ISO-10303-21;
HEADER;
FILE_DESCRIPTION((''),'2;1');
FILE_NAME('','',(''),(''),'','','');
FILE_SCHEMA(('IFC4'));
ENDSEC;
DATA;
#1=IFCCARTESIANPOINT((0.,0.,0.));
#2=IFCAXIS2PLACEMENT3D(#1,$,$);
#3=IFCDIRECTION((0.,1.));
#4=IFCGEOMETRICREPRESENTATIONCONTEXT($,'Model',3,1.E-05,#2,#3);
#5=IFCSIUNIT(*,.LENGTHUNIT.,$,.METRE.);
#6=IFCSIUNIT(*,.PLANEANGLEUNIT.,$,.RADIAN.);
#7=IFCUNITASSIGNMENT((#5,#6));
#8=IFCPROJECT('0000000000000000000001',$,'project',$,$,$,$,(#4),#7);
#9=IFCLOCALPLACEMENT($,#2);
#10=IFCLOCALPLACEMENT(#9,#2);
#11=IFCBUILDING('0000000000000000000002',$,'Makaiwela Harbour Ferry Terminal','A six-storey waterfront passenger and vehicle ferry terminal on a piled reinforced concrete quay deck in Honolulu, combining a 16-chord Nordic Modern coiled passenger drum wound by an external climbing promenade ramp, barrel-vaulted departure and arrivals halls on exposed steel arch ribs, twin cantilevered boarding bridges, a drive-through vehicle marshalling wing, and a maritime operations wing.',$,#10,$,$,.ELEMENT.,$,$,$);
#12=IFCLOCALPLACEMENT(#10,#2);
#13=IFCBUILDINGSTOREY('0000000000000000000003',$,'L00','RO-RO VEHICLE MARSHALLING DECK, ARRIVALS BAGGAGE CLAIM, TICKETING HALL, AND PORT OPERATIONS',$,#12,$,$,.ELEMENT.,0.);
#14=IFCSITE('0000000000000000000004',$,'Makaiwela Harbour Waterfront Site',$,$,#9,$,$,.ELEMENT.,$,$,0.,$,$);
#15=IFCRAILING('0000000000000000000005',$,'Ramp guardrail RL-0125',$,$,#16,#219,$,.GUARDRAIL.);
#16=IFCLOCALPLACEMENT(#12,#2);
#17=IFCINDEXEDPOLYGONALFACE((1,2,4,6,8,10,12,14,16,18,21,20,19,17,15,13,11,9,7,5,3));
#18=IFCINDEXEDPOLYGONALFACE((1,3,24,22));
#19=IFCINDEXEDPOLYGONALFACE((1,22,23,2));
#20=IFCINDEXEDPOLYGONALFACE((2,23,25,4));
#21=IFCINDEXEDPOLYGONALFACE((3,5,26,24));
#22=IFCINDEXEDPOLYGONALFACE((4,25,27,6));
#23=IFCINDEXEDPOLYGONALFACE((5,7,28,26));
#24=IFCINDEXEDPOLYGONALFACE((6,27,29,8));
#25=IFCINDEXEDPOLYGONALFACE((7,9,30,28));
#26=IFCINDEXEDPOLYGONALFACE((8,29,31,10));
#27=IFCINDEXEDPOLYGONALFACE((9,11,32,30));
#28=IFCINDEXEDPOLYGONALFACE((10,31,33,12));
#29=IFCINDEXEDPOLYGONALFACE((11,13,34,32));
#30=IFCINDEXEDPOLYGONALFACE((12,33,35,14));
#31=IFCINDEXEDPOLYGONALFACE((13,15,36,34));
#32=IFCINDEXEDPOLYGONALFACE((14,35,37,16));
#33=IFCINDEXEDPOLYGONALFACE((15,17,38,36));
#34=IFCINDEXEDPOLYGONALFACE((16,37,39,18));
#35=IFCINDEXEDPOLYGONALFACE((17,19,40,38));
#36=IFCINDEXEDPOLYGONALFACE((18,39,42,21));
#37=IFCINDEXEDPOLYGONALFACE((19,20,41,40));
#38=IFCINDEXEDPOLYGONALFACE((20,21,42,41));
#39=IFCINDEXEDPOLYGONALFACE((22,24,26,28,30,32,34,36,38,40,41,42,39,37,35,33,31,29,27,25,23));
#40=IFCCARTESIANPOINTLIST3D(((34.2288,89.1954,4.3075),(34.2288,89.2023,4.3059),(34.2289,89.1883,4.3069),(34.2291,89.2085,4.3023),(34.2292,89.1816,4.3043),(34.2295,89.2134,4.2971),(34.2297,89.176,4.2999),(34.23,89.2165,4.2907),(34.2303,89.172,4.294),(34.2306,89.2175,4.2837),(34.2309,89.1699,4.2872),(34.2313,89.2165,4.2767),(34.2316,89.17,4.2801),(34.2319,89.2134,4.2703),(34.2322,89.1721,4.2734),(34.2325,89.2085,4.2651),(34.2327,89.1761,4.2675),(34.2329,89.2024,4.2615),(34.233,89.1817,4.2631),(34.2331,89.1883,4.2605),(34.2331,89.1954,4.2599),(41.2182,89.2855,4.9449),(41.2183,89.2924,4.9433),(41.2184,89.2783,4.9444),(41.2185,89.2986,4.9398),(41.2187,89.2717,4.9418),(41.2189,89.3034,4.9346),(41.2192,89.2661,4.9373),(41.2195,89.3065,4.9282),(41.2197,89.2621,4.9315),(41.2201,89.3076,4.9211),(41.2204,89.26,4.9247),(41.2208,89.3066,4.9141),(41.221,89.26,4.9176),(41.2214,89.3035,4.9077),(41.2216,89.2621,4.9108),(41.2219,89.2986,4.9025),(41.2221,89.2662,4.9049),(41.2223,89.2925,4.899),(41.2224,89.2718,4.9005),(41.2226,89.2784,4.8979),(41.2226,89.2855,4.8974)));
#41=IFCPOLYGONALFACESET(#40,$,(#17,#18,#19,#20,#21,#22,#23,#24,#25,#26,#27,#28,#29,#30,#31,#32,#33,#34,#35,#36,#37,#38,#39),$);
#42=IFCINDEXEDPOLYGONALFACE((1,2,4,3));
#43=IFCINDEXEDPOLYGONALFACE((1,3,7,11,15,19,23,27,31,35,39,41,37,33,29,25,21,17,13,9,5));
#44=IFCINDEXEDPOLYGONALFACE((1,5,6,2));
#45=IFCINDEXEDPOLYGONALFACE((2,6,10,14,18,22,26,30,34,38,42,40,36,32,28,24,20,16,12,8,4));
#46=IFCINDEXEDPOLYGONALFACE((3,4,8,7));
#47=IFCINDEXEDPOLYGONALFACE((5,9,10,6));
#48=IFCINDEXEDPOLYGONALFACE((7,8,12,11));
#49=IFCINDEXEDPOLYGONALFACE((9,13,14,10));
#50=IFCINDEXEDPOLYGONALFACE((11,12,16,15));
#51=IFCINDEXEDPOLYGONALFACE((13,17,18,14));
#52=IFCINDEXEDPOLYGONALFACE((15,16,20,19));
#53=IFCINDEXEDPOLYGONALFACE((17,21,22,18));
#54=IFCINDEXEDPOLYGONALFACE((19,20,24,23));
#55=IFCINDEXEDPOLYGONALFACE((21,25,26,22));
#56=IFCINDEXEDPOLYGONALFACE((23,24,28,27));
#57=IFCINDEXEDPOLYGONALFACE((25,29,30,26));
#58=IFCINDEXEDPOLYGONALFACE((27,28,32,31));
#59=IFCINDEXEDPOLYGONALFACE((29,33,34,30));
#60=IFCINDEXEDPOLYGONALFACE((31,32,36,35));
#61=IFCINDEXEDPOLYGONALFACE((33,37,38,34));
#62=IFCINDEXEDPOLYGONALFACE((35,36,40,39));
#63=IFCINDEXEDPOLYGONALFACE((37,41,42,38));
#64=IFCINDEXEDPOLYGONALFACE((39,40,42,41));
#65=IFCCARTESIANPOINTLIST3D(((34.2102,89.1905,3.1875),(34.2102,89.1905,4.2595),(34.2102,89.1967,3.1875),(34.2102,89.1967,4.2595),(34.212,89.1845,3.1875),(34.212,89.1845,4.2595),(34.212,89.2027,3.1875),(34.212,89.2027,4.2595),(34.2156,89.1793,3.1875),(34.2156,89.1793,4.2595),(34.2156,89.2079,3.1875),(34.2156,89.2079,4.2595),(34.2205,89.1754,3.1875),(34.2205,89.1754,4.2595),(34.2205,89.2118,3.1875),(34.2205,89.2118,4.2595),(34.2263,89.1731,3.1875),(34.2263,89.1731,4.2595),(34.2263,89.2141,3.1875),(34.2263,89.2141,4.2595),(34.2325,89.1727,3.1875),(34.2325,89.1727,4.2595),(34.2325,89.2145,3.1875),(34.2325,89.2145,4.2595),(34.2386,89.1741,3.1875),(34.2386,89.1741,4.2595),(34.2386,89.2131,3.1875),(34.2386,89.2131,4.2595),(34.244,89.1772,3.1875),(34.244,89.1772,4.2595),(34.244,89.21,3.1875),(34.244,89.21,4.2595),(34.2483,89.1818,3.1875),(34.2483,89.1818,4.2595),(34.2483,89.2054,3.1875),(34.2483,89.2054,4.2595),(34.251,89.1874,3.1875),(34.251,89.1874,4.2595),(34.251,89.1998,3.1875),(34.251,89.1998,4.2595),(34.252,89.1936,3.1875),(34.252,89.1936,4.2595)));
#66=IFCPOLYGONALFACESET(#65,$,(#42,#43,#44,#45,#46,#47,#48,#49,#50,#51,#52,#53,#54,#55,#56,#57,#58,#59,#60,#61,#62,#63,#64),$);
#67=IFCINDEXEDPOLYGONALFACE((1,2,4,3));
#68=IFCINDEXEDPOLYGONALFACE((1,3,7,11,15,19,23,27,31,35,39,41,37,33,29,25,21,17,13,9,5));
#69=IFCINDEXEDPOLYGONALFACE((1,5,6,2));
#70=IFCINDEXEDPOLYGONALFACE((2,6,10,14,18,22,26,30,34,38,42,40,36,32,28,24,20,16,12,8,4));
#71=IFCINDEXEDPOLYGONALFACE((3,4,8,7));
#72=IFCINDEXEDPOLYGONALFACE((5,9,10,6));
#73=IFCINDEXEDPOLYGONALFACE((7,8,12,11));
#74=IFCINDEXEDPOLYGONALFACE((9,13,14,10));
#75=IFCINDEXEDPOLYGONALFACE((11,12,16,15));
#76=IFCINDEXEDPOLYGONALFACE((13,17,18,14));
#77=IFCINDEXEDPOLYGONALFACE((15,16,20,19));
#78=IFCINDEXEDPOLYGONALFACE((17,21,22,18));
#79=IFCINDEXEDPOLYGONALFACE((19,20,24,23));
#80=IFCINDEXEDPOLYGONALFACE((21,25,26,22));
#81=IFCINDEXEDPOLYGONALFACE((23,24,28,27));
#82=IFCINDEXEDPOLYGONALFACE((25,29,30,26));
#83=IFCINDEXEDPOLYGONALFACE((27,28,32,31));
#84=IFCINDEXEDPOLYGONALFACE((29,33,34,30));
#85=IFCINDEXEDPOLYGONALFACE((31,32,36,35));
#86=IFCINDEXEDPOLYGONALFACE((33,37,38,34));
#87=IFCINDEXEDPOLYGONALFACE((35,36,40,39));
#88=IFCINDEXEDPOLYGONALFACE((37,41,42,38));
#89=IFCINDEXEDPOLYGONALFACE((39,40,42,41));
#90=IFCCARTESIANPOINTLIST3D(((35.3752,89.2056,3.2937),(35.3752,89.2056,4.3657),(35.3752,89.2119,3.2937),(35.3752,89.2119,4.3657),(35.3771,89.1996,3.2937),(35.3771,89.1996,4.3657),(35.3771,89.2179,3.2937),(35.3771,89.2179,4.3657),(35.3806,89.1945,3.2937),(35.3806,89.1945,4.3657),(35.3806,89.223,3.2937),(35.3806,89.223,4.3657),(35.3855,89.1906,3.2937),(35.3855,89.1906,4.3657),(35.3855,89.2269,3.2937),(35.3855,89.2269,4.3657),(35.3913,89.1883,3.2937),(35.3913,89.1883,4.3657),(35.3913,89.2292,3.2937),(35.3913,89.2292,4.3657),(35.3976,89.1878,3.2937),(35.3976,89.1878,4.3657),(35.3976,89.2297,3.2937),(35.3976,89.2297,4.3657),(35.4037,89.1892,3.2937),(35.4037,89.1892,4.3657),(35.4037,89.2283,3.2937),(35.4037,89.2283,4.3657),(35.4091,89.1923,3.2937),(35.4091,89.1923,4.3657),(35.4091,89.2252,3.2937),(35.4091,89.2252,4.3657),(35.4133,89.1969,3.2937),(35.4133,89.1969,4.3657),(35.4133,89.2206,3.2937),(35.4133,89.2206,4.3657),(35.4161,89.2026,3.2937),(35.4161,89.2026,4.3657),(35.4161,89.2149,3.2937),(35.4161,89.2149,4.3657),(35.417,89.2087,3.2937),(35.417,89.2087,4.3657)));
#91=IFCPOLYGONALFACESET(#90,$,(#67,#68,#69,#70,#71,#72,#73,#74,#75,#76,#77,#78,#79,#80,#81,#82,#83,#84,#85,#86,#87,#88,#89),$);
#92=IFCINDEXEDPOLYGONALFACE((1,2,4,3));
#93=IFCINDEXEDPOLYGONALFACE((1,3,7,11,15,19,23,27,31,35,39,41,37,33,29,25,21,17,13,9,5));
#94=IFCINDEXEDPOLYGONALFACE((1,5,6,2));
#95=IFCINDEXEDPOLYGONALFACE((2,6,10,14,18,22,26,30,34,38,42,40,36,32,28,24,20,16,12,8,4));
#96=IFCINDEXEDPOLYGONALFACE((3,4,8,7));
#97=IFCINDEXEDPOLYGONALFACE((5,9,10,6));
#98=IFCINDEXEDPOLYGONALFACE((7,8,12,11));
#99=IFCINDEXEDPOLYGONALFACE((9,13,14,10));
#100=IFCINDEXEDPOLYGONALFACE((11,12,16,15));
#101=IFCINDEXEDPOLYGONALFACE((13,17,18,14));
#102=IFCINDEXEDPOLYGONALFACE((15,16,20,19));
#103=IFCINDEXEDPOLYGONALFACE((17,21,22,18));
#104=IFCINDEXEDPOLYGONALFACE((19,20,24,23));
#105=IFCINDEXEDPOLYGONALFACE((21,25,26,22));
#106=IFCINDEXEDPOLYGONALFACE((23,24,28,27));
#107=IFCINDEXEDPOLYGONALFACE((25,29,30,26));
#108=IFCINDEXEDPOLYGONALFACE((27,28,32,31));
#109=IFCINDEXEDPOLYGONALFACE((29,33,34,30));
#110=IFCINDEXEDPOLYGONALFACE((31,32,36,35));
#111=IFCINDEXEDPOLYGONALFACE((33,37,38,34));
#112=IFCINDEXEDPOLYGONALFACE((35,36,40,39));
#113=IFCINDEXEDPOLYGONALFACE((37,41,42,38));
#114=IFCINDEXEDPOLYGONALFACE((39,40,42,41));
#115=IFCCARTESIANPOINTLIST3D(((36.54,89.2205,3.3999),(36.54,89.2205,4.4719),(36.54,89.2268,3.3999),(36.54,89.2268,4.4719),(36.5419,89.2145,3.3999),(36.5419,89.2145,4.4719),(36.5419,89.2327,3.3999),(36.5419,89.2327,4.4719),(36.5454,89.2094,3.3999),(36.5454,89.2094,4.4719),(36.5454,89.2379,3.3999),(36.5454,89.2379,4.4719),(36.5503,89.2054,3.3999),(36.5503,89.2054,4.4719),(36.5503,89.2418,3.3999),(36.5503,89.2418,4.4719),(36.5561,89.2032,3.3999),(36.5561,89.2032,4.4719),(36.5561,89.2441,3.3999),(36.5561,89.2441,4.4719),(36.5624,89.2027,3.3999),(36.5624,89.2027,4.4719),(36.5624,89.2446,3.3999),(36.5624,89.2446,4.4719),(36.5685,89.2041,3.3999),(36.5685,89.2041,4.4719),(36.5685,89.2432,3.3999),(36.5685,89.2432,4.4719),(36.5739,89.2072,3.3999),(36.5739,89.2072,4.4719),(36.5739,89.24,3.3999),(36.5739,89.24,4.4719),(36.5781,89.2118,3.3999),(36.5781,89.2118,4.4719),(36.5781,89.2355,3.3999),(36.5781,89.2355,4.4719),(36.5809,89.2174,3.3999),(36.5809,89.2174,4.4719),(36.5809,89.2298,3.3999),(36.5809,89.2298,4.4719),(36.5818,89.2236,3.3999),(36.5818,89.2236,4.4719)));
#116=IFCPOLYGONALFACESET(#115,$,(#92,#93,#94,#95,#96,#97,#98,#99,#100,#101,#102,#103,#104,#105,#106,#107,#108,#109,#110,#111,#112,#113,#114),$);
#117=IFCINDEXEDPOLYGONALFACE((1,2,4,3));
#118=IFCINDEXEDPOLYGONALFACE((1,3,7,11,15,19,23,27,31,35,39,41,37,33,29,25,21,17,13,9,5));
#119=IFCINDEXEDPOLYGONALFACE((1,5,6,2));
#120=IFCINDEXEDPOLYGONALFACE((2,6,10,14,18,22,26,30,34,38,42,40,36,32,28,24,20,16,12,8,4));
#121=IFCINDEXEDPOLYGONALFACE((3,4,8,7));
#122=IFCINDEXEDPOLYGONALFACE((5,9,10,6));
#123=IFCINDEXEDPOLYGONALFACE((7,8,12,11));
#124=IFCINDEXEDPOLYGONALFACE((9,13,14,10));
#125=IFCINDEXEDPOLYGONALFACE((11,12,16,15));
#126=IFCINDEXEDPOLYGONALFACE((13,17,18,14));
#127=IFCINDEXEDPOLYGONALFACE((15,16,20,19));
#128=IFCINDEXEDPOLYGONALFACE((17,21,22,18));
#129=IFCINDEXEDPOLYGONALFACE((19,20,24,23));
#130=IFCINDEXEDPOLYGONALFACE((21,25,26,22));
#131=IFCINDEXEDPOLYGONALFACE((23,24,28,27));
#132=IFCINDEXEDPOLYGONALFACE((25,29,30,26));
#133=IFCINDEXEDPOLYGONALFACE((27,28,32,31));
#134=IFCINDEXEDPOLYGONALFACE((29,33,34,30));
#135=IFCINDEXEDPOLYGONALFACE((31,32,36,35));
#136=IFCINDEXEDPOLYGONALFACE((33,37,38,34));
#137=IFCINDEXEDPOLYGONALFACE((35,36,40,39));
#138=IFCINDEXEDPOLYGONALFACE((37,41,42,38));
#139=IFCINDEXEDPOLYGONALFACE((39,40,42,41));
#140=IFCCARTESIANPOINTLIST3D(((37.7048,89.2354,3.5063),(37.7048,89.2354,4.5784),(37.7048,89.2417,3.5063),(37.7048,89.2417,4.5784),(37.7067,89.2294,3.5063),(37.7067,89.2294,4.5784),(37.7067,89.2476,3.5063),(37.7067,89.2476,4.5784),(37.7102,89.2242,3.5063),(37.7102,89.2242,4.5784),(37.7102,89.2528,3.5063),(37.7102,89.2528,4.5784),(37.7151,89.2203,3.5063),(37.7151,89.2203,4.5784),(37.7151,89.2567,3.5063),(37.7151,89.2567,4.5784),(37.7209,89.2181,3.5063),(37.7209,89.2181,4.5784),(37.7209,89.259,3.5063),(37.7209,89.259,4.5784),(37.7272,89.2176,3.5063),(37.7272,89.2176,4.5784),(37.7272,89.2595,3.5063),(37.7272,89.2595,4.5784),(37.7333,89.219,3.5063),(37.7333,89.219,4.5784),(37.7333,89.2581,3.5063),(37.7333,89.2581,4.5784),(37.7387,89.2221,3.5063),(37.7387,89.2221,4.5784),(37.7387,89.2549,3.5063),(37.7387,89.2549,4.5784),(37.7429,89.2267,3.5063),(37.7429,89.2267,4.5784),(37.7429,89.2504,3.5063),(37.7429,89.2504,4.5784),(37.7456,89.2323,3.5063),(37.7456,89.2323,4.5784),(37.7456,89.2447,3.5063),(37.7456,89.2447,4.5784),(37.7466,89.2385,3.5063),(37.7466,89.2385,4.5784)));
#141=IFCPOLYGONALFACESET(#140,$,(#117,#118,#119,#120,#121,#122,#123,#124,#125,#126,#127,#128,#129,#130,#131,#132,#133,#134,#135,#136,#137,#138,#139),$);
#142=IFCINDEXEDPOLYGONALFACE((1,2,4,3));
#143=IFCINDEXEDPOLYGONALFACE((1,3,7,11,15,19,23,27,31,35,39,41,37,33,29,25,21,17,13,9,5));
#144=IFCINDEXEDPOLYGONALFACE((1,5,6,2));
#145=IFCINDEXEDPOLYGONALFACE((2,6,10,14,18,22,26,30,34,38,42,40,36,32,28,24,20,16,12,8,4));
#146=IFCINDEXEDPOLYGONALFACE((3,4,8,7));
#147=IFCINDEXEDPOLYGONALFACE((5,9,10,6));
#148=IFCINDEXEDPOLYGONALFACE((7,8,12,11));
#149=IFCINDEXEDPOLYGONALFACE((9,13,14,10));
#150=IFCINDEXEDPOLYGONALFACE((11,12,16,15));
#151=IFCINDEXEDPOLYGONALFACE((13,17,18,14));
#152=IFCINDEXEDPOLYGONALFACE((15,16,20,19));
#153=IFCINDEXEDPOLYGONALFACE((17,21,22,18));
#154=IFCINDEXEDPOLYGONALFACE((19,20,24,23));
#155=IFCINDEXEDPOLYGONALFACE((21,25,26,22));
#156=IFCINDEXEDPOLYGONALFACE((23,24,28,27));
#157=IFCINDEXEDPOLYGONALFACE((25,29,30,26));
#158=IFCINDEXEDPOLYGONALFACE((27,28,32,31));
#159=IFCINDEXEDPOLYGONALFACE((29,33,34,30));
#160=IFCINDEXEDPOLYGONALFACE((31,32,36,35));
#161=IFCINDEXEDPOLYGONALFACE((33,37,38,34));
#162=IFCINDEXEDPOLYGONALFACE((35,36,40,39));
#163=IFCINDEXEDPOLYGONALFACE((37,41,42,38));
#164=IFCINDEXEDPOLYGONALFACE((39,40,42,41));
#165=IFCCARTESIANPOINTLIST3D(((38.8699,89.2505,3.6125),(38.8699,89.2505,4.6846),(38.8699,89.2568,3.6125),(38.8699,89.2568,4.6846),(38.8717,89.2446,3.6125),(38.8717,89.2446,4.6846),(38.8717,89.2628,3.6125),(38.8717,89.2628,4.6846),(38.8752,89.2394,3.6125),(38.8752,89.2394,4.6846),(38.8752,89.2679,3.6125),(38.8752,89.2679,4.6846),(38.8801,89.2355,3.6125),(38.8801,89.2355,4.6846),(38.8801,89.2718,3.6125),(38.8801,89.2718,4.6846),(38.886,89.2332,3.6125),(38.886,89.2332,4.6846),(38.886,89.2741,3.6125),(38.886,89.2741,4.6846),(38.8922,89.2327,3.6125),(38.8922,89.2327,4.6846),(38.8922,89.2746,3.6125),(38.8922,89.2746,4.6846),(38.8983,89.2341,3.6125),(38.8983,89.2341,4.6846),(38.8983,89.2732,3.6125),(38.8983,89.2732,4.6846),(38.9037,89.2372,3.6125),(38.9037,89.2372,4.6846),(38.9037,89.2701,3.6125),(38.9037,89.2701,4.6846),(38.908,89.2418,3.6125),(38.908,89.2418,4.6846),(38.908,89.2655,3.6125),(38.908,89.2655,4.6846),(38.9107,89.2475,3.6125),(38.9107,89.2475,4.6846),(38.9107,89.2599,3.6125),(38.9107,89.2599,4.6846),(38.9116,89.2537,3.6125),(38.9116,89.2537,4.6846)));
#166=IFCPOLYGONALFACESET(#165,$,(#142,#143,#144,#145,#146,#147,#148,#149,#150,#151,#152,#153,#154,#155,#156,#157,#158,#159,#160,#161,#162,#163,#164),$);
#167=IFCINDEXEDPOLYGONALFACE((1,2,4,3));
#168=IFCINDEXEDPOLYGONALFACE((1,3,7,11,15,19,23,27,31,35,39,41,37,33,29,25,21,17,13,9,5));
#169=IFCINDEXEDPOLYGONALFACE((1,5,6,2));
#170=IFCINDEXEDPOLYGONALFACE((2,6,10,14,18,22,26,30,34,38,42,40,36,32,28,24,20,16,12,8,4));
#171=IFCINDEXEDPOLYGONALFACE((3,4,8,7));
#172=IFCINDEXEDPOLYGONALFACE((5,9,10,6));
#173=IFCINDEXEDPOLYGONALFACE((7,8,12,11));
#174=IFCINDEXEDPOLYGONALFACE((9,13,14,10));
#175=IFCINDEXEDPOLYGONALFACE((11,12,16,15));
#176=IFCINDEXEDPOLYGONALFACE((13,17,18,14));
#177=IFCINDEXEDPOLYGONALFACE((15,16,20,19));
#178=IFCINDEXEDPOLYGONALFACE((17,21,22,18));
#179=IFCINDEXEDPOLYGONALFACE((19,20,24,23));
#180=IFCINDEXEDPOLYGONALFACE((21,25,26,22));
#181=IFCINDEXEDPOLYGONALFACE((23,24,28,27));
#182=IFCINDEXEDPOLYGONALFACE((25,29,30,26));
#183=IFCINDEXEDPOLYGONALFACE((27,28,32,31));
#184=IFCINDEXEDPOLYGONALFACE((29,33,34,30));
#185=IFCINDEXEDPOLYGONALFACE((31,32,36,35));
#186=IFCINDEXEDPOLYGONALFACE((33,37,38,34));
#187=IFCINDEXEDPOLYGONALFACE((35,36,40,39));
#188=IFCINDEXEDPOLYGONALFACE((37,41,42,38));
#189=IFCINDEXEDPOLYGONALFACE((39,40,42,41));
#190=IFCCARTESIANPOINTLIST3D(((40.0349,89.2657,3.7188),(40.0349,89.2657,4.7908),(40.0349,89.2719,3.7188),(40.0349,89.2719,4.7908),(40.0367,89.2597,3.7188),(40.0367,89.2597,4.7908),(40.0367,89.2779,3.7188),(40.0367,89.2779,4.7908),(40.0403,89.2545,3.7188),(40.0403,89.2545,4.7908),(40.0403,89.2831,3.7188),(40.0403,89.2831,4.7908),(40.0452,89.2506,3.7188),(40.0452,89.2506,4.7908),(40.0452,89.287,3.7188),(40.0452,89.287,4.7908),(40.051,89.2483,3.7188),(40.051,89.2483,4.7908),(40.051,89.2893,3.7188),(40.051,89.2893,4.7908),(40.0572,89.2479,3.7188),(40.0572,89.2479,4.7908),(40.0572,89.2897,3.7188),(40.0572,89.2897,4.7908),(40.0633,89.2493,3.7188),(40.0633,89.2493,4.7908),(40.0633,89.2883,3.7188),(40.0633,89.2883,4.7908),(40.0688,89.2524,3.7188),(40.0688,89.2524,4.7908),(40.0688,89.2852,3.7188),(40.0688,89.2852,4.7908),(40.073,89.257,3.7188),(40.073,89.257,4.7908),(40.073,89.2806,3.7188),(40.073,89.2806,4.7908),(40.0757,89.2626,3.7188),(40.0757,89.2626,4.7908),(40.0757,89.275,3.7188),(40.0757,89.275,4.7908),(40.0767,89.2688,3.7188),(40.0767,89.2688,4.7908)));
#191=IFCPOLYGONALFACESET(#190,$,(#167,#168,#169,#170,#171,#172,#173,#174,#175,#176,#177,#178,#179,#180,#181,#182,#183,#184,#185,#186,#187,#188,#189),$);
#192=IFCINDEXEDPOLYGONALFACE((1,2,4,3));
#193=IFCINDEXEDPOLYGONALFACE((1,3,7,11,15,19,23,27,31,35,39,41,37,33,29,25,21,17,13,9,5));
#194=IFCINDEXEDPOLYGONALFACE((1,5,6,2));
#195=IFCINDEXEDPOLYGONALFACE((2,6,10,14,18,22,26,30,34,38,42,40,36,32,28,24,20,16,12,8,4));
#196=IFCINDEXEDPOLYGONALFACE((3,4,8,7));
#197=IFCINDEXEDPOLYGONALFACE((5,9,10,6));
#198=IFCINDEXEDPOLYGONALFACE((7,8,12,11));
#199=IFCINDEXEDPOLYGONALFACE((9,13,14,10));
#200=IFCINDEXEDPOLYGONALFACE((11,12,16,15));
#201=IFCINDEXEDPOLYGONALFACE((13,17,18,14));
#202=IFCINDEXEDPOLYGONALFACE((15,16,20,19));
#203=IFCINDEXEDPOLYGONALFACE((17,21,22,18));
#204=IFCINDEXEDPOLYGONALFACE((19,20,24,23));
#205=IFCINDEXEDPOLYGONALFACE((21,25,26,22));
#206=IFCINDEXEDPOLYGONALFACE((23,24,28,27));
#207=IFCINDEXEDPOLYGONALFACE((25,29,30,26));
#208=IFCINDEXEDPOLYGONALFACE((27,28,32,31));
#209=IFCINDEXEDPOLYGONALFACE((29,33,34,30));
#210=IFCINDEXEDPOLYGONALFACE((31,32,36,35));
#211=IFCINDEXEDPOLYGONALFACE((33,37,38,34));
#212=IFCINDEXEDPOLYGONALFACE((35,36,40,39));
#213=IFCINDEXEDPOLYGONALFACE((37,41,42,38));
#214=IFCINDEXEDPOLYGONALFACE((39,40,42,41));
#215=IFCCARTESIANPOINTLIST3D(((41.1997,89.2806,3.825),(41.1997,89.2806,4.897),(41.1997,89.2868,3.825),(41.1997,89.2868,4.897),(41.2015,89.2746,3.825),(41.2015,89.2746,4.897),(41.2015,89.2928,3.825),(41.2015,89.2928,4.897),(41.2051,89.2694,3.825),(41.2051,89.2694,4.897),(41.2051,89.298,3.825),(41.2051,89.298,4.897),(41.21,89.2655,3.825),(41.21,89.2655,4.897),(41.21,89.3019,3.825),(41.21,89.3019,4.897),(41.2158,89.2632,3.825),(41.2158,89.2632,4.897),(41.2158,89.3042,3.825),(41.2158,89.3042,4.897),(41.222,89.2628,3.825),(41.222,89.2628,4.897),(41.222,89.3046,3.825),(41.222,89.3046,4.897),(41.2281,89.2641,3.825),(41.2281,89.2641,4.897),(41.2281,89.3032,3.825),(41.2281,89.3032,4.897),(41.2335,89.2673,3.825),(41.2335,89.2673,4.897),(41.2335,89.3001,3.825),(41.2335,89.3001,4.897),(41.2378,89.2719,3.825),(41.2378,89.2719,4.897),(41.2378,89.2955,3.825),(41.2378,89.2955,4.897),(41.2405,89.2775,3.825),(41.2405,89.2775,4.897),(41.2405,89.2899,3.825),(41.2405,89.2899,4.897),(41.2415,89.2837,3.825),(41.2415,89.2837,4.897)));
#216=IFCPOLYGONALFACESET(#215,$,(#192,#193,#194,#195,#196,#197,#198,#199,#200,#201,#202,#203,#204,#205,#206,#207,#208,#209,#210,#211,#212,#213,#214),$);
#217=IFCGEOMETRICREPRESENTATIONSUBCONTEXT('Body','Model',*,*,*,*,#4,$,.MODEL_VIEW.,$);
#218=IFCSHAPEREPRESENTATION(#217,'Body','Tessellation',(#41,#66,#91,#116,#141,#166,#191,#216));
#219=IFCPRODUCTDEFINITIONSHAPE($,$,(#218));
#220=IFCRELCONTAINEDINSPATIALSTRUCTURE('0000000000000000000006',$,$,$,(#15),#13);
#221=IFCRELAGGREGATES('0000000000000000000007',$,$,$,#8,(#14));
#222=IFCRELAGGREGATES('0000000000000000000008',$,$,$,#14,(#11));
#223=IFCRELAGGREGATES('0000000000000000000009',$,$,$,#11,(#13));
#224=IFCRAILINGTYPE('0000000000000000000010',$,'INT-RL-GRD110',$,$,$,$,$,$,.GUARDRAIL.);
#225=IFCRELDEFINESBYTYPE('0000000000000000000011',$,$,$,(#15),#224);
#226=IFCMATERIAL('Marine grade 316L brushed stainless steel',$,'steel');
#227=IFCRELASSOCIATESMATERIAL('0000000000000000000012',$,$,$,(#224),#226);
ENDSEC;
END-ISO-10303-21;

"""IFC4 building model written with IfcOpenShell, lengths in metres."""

from ifc_helpers import new_model, si_unit, direction, frame, origin, origin_2d, place, context, subcontext, project, spatial, circle, extrude, material, type_object, element, save


model = new_model("IFC4")

# Units and contexts
model_context = context("Model", 3, precision=1e-05, world=origin(), true_north=direction((0.0, 1.0)))
body_context = subcontext(model_context, "Body", "Model", "MODEL_VIEW")
ifc_project = project(units=[si_unit("LENGTHUNIT", "METRE"), si_unit("PLANEANGLEUNIT", "RADIAN")], contexts=[model_context])

# Site, building, storey
site_placement = place(None, origin())
site = spatial("IfcSite", under=ifc_project, at=site_placement, Name="Makaiwela Harbour Waterfront Site", CompositionType="ELEMENT", RefElevation=0.0)
building_placement = place(site_placement, origin())
building = spatial("IfcBuilding", under=site, at=building_placement, Name="Makaiwela Harbour Ferry Terminal", Description="A six-storey waterfront passenger and vehicle ferry terminal on a piled reinforced concrete quay deck in Honolulu, combining a 16-chord Nordic Modern coiled passenger drum wound by an external climbing promenade ramp, barrel-vaulted departure and arrivals halls on exposed steel arch ribs, twin cantilevered boarding bridges, a drive-through vehicle marshalling wing, and a maritime operations wing.", CompositionType="ELEMENT")
storey_placement = place(building_placement, origin())
storey = spatial("IfcBuildingStorey", under=building, at=storey_placement, Name="L00", Description="RO-RO VEHICLE MARSHALLING DECK, ARRIVALS BAGGAGE CLAIM, TICKETING HALL, AND PORT OPERATIONS", CompositionType="ELEMENT", Elevation=0.0)

# Railing
ifc_material_1 = material(Name="Marine grade 316L brushed stainless steel", Category="steel")
railing_type_1 = type_object("IfcRailingType", Name="INT-RL-GRD110", PredefinedType="GUARDRAIL", material=ifc_material_1)
railing_1_placement = place(storey_placement, frame((34.231, 89.1936, 3.1875)))
element("IfcRailing", 1, at=railing_1_placement, inside=storey, type_object=railing_type_1, Name="Ramp guardrail RL-0125", PredefinedType="GUARDRAIL", context=body_context, shape_type="SweptSolid", body=[
    extrude(circle(Radius=0.0239, at=origin_2d()), frame((0.0, 0.0, 1.0962), z_axis=(0.995785, 0.012835, 0.090817), x_axis=(-0.012888, 0.999917, 0.0)), (0.0, 0.0, 1.0), 7.019),
    extrude(circle(Radius=0.021, at=origin_2d()), origin(), (0.0, 0.0, 1.0), 1.072),
    extrude(circle(Radius=0.021, at=origin_2d()), frame((1.165, 0.0151, 0.1062)), (0.0, 0.0, 1.0), 1.072),
    extrude(circle(Radius=0.021, at=origin_2d()), frame((2.3298, 0.03, 0.2124)), (0.0, 0.0, 1.0), 1.072),
    extrude(circle(Radius=0.021, at=origin_2d()), frame((3.4946, 0.0449, 0.3188)), (0.0, 0.0, 1.0), 1.072),
    extrude(circle(Radius=0.021, at=origin_2d()), frame((4.6597, 0.0601, 0.425)), (0.0, 0.0, 1.0), 1.072),
    extrude(circle(Radius=0.021, at=origin_2d()), frame((5.8247, 0.0752, 0.5312)), (0.0, 0.0, 1.0), 1.072),
    extrude(circle(Radius=0.021, at=origin_2d()), frame((6.9895, 0.0901, 0.6375)), (0.0, 0.0, 1.0), 1.072),
])

save(model, "model.ifc")
